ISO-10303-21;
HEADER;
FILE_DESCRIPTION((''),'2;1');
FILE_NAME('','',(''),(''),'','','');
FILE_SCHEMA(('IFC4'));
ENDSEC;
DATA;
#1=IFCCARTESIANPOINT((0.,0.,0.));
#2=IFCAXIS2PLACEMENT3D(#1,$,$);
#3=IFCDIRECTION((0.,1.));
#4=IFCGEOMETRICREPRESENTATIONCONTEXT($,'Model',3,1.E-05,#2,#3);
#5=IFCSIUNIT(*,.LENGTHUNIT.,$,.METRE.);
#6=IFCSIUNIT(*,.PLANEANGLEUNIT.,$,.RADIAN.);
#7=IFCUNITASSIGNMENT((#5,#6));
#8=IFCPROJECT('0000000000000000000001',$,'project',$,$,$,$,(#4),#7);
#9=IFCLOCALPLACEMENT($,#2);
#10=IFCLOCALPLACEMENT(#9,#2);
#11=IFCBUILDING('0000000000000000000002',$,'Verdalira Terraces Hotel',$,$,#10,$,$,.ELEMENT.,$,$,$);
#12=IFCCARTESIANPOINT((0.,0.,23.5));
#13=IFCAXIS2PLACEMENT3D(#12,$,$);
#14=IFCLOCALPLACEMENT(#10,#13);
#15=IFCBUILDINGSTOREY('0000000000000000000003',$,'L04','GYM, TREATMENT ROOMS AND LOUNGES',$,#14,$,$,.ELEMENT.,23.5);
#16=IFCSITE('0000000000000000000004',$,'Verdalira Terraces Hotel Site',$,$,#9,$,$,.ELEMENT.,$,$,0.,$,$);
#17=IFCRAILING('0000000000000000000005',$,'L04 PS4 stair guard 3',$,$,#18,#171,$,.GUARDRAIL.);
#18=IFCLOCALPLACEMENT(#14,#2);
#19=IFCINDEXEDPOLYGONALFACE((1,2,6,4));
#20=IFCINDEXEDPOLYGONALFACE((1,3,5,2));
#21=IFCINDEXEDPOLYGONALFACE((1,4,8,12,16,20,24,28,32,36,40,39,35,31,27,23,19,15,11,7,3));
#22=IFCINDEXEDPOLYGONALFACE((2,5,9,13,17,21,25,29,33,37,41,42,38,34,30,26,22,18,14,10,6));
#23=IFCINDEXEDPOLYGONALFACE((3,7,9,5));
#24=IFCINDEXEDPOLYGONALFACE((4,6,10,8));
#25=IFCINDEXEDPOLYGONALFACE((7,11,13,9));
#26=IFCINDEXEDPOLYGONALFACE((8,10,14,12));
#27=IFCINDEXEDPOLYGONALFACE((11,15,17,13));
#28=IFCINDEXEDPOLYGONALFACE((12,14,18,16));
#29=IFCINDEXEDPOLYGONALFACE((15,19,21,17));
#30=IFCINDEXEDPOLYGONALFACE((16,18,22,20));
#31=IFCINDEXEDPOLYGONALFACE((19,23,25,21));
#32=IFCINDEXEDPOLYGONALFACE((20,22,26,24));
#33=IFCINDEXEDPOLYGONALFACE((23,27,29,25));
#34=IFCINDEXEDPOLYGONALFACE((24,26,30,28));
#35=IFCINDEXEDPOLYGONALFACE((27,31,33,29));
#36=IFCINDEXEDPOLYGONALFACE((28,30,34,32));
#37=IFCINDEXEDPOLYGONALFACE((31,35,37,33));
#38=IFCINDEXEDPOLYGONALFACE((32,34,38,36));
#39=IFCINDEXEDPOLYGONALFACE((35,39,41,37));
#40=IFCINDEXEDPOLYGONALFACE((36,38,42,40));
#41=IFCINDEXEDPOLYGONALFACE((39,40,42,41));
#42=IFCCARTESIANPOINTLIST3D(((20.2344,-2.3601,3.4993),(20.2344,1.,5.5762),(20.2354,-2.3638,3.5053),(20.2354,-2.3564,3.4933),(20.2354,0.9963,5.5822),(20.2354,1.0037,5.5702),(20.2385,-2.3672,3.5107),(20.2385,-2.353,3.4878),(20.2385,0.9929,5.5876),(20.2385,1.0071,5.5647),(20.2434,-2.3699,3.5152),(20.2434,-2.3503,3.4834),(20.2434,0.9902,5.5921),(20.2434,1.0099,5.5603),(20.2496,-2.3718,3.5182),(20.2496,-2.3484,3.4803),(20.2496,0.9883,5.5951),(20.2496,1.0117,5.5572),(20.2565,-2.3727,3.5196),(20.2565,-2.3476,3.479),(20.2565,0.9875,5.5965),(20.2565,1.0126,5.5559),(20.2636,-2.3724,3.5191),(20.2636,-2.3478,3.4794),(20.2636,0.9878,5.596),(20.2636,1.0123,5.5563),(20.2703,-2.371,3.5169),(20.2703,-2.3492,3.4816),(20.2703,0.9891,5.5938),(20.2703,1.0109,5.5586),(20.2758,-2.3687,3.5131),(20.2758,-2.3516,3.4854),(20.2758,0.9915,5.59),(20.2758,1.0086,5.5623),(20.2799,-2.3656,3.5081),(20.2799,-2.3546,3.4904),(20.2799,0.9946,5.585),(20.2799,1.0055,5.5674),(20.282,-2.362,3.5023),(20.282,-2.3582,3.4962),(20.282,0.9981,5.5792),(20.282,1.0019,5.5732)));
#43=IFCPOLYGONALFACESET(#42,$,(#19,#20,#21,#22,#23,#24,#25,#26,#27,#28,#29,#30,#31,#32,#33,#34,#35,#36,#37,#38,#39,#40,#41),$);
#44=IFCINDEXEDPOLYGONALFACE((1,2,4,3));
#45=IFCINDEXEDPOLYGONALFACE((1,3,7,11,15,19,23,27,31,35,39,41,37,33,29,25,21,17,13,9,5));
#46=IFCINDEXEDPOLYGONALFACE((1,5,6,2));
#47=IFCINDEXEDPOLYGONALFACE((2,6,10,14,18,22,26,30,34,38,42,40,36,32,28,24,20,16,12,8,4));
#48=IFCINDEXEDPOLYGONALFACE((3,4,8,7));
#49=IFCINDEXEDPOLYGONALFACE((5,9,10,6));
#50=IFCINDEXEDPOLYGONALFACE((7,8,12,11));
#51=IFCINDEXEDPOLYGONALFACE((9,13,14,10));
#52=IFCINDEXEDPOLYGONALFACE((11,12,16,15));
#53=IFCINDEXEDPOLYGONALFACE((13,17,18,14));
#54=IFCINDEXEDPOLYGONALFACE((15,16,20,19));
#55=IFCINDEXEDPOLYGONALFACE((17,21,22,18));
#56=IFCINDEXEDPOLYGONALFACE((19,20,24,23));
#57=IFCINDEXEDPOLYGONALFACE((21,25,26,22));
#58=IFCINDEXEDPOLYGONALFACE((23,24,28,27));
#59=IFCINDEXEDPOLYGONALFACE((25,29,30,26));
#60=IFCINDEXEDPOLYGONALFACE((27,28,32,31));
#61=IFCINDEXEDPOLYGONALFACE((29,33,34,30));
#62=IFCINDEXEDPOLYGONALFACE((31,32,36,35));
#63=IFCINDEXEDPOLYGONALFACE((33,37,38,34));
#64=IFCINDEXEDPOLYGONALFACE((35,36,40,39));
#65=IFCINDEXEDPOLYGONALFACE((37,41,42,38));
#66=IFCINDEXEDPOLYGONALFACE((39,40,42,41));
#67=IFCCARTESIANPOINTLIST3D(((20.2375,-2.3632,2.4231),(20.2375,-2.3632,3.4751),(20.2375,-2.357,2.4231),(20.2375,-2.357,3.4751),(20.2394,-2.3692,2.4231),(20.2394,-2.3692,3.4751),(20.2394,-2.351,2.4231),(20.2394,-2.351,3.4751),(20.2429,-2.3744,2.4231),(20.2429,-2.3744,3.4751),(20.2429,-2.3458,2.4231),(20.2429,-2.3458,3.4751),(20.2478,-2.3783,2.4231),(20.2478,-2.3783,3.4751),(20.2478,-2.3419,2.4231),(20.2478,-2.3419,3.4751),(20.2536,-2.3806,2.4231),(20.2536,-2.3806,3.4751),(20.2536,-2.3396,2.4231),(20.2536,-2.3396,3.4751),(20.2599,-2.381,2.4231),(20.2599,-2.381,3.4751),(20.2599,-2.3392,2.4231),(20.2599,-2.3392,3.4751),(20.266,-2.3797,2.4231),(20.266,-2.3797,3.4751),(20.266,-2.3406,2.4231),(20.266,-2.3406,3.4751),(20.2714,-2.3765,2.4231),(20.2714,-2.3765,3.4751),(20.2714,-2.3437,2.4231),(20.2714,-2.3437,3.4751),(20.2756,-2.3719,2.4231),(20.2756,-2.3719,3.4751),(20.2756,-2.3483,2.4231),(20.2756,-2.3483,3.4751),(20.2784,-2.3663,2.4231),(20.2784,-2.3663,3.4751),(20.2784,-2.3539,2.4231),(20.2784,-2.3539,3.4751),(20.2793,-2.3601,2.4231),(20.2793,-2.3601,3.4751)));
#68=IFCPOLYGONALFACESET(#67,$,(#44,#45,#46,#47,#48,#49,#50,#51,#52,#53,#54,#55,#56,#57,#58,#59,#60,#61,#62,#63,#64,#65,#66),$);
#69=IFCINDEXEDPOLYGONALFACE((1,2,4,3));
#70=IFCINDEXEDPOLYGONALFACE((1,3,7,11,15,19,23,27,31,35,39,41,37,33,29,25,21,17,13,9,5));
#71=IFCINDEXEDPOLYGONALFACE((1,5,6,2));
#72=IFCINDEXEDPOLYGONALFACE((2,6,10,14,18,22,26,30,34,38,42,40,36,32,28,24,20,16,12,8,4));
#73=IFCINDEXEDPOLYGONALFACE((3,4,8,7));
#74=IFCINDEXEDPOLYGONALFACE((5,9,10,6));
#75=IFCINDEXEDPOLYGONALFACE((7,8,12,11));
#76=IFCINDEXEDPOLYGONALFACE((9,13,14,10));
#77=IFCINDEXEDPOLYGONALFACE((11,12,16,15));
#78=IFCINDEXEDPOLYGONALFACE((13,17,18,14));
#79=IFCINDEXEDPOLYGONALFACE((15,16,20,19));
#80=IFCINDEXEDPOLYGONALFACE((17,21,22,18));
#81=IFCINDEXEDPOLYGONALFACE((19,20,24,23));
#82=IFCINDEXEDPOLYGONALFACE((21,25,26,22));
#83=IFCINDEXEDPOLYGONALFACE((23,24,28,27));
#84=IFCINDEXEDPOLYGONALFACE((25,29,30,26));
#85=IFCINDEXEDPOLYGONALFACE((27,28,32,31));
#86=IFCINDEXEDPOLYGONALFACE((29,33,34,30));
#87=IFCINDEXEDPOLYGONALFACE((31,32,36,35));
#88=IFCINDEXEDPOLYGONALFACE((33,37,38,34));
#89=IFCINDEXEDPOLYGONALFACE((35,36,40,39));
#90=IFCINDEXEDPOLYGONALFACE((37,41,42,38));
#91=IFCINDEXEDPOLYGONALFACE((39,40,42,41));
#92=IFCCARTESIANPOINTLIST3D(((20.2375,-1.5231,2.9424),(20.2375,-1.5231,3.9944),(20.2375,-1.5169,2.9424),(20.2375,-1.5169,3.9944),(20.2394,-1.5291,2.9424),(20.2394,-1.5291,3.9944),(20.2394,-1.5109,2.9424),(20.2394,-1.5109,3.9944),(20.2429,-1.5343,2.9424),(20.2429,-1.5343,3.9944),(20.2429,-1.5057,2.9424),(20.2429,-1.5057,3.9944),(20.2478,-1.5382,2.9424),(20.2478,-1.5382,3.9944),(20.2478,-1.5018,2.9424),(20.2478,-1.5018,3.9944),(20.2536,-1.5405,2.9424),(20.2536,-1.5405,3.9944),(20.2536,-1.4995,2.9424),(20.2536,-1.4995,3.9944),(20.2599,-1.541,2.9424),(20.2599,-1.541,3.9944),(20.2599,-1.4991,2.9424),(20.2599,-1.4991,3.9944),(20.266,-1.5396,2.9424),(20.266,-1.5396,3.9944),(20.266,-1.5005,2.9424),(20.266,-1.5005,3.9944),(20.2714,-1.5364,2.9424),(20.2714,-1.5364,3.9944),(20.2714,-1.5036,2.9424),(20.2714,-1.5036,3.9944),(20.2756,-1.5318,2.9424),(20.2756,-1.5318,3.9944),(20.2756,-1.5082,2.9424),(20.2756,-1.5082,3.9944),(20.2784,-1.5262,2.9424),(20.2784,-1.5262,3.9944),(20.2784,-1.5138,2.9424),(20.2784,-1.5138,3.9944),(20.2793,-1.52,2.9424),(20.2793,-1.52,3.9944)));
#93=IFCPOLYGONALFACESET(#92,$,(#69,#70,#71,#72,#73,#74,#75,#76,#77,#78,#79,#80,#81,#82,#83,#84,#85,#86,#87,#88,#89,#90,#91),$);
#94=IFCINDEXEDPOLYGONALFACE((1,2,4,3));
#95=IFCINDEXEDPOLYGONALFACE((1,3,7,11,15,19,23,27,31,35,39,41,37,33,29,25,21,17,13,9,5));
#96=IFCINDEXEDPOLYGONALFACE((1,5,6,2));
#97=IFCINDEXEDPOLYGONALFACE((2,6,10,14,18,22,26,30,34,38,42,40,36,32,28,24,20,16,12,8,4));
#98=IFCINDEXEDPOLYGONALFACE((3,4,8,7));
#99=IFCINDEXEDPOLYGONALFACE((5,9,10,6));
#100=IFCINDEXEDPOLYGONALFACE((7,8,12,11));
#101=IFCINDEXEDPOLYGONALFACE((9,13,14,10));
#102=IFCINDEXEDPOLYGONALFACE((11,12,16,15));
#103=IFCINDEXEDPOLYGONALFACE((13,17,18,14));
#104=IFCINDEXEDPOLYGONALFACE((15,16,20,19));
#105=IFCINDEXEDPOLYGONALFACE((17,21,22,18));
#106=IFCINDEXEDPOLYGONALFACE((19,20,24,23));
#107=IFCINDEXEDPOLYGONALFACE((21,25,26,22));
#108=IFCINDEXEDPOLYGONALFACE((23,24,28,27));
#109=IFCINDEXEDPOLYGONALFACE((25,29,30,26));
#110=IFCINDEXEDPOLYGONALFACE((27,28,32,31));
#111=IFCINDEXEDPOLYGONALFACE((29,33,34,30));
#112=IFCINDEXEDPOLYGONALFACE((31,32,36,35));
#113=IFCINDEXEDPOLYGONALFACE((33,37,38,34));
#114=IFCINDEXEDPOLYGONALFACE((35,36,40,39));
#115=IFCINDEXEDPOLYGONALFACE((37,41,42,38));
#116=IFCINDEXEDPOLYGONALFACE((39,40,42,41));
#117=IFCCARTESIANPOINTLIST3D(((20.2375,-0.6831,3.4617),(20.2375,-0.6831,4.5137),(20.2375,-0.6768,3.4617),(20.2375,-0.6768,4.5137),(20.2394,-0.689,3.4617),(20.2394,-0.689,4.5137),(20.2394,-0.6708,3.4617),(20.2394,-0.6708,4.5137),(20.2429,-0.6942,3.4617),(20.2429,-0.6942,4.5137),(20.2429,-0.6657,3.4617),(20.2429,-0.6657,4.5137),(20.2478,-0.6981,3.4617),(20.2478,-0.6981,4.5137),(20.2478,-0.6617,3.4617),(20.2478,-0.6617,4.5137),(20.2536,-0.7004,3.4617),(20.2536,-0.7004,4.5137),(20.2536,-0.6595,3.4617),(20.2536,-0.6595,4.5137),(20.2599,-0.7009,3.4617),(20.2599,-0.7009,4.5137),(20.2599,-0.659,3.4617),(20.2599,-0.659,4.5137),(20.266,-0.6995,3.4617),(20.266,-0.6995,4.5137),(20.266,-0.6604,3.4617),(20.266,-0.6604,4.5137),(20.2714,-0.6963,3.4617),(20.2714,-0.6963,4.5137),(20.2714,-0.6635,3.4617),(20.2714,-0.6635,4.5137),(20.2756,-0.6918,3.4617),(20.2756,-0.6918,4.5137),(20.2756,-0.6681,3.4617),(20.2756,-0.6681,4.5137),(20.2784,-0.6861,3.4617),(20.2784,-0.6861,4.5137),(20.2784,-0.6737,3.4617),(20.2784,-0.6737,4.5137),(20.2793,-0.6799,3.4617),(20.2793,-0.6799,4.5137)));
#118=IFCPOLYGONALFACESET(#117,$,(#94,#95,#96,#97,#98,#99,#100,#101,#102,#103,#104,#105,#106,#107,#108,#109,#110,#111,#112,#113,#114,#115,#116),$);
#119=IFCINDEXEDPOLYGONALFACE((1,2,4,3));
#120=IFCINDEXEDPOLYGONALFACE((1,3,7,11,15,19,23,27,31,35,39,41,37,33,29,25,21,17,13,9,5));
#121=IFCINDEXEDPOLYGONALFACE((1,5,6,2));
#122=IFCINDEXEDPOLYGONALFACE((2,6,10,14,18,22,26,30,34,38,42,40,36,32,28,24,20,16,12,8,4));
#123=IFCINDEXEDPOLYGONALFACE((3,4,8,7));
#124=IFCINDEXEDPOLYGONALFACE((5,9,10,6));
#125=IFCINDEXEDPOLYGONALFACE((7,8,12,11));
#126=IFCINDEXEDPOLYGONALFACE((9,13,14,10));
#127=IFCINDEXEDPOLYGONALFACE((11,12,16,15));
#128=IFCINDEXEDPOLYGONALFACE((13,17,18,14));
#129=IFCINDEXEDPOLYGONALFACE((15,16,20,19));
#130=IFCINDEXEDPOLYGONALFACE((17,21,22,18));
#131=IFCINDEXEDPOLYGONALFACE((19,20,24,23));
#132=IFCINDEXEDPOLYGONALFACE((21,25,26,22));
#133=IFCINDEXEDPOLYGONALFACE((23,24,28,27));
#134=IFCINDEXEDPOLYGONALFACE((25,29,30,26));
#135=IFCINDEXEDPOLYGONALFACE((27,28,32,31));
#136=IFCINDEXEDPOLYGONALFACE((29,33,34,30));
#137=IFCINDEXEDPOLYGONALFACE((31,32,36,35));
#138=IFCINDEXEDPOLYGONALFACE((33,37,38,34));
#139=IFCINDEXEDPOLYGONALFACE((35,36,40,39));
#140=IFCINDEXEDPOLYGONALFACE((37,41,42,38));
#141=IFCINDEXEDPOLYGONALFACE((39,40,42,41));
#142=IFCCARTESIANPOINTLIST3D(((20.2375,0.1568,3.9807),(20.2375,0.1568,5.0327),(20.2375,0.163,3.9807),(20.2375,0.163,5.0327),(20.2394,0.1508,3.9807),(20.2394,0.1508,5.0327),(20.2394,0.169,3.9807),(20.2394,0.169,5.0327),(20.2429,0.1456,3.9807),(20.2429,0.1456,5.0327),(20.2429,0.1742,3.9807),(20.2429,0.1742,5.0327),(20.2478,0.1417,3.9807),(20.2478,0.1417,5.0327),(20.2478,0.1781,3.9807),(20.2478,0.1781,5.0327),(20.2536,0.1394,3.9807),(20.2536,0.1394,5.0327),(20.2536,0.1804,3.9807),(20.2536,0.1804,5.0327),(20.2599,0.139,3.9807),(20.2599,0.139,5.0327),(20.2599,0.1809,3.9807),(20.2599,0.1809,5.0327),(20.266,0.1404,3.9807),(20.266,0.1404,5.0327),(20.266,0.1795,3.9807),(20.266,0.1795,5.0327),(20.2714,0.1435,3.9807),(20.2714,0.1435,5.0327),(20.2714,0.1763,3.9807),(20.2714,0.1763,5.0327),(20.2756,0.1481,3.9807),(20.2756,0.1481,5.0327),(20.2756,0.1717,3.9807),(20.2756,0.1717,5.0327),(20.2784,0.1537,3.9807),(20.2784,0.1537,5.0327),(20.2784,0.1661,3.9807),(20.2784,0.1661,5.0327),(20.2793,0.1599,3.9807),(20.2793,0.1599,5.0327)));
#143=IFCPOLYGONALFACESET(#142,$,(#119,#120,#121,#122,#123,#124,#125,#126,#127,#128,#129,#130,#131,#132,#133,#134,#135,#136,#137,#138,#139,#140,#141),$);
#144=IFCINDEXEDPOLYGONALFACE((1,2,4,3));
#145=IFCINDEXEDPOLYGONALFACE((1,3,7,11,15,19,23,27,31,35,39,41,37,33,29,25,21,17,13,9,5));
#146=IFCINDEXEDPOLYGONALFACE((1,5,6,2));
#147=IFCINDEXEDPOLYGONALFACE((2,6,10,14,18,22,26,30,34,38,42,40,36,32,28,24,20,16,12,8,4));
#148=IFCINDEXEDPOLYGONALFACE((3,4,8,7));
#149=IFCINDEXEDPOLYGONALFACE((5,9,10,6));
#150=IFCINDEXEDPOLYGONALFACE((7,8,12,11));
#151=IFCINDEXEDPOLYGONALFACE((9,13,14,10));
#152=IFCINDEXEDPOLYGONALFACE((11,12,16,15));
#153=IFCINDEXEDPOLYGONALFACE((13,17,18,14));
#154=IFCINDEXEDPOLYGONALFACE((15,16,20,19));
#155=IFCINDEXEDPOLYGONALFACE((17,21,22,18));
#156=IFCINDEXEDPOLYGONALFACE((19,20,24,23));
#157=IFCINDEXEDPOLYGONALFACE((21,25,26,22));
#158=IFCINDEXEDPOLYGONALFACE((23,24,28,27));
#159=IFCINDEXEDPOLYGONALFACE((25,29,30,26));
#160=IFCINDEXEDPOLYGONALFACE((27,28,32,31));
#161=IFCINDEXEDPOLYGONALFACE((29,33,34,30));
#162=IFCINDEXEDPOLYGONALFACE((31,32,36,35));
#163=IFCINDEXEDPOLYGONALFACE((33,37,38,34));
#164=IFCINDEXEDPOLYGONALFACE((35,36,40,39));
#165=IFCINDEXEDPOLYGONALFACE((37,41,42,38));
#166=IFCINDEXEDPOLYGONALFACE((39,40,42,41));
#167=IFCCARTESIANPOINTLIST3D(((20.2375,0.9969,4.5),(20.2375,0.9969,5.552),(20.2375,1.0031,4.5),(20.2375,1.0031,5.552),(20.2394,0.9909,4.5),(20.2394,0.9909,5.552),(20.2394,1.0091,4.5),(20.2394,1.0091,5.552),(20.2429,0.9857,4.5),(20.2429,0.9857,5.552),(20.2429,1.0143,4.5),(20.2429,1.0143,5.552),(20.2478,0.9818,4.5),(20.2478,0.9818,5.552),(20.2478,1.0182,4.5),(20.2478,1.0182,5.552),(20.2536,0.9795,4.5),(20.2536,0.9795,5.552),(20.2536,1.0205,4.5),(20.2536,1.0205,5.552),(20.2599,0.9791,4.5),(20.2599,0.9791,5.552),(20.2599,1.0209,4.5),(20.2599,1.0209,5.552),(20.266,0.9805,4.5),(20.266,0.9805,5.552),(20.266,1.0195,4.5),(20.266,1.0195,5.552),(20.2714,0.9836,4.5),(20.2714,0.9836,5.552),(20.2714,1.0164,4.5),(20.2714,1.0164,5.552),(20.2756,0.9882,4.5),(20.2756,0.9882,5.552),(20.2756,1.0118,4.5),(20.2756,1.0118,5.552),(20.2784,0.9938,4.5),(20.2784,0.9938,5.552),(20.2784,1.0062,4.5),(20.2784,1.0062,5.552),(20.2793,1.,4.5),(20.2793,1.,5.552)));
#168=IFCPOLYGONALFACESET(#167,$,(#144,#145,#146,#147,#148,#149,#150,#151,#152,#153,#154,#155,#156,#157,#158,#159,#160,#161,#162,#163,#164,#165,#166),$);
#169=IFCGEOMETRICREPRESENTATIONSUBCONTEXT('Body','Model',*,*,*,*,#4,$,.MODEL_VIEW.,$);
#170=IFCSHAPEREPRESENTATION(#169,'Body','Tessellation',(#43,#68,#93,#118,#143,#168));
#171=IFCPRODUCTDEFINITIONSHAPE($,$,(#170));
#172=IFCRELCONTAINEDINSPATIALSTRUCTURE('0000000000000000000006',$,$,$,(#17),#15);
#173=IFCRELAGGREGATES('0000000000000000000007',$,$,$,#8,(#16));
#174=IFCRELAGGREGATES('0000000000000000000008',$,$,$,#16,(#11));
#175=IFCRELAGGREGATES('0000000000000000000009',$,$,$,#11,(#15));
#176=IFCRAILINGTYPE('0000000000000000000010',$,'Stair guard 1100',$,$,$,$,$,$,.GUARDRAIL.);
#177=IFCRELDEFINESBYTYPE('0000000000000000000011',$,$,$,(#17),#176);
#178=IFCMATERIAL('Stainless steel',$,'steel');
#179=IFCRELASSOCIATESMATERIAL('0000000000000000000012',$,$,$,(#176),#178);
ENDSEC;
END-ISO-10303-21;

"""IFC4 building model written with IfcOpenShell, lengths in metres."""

from ifc_helpers import new_model, si_unit, direction, frame, origin, origin_2d, place, context, subcontext, project, spatial, circle, extrude, material, type_object, element, save


model = new_model("IFC4")

# Units and contexts
model_context = context("Model", 3, precision=1e-05, world=origin(), true_north=direction((0.0, 1.0)))
body_context = subcontext(model_context, "Body", "Model", "MODEL_VIEW")
ifc_project = project(units=[si_unit("LENGTHUNIT", "METRE"), si_unit("PLANEANGLEUNIT", "RADIAN")], contexts=[model_context])

# Site, building, storey
site_placement = place(None, origin())
site = spatial("IfcSite", under=ifc_project, at=site_placement, Name="Verdalira Terraces Hotel Site", CompositionType="ELEMENT", RefElevation=0.0)
building_placement = place(site_placement, origin())
building = spatial("IfcBuilding", under=site, at=building_placement, Name="Verdalira Terraces Hotel", CompositionType="ELEMENT")
storey_placement = place(building_placement, frame((0.0, 0.0, 23.5)))
storey = spatial("IfcBuildingStorey", under=building, at=storey_placement, Name="L04", Description="GYM, TREATMENT ROOMS AND LOUNGES", CompositionType="ELEMENT", Elevation=23.5)

# Railing
ifc_material_1 = material(Name="Stainless steel", Category="steel")
railing_type_1 = type_object("IfcRailingType", Name="Stair guard 1100", PredefinedType="GUARDRAIL", material=ifc_material_1)
railing_1_placement = place(storey_placement, frame((20.2583, -2.3601, 2.4231)))
element("IfcRailing", 1, at=railing_1_placement, inside=storey, type_object=railing_type_1, Name="L04 PS4 stair guard 3", PredefinedType="GUARDRAIL", context=body_context, shape_type="SweptSolid", body=[
    extrude(circle(Radius=0.0239, at=origin_2d()), frame((0.0, 0.0, 1.0762), z_axis=(0.0, 0.850623, 0.525776), x_axis=(-1.0, 0.0, 0.0)), (0.0, 0.0, 1.0), 3.9502),
    extrude(circle(Radius=0.021, at=origin_2d()), origin(), (0.0, 0.0, 1.0), 1.052),
    extrude(circle(Radius=0.021, at=origin_2d()), frame((0.0, 0.8401, 0.5193)), (0.0, 0.0, 1.0), 1.052),
    extrude(circle(Radius=0.021, at=origin_2d()), frame((0.0, 1.6802, 1.0386)), (0.0, 0.0, 1.0), 1.052),
    extrude(circle(Radius=0.021, at=origin_2d()), frame((0.0, 2.52, 1.5576)), (0.0, 0.0, 1.0), 1.052),
    extrude(circle(Radius=0.021, at=origin_2d()), frame((0.0, 3.3601, 2.0769)), (0.0, 0.0, 1.0), 1.052),
])

save(model, "model.ifc")
